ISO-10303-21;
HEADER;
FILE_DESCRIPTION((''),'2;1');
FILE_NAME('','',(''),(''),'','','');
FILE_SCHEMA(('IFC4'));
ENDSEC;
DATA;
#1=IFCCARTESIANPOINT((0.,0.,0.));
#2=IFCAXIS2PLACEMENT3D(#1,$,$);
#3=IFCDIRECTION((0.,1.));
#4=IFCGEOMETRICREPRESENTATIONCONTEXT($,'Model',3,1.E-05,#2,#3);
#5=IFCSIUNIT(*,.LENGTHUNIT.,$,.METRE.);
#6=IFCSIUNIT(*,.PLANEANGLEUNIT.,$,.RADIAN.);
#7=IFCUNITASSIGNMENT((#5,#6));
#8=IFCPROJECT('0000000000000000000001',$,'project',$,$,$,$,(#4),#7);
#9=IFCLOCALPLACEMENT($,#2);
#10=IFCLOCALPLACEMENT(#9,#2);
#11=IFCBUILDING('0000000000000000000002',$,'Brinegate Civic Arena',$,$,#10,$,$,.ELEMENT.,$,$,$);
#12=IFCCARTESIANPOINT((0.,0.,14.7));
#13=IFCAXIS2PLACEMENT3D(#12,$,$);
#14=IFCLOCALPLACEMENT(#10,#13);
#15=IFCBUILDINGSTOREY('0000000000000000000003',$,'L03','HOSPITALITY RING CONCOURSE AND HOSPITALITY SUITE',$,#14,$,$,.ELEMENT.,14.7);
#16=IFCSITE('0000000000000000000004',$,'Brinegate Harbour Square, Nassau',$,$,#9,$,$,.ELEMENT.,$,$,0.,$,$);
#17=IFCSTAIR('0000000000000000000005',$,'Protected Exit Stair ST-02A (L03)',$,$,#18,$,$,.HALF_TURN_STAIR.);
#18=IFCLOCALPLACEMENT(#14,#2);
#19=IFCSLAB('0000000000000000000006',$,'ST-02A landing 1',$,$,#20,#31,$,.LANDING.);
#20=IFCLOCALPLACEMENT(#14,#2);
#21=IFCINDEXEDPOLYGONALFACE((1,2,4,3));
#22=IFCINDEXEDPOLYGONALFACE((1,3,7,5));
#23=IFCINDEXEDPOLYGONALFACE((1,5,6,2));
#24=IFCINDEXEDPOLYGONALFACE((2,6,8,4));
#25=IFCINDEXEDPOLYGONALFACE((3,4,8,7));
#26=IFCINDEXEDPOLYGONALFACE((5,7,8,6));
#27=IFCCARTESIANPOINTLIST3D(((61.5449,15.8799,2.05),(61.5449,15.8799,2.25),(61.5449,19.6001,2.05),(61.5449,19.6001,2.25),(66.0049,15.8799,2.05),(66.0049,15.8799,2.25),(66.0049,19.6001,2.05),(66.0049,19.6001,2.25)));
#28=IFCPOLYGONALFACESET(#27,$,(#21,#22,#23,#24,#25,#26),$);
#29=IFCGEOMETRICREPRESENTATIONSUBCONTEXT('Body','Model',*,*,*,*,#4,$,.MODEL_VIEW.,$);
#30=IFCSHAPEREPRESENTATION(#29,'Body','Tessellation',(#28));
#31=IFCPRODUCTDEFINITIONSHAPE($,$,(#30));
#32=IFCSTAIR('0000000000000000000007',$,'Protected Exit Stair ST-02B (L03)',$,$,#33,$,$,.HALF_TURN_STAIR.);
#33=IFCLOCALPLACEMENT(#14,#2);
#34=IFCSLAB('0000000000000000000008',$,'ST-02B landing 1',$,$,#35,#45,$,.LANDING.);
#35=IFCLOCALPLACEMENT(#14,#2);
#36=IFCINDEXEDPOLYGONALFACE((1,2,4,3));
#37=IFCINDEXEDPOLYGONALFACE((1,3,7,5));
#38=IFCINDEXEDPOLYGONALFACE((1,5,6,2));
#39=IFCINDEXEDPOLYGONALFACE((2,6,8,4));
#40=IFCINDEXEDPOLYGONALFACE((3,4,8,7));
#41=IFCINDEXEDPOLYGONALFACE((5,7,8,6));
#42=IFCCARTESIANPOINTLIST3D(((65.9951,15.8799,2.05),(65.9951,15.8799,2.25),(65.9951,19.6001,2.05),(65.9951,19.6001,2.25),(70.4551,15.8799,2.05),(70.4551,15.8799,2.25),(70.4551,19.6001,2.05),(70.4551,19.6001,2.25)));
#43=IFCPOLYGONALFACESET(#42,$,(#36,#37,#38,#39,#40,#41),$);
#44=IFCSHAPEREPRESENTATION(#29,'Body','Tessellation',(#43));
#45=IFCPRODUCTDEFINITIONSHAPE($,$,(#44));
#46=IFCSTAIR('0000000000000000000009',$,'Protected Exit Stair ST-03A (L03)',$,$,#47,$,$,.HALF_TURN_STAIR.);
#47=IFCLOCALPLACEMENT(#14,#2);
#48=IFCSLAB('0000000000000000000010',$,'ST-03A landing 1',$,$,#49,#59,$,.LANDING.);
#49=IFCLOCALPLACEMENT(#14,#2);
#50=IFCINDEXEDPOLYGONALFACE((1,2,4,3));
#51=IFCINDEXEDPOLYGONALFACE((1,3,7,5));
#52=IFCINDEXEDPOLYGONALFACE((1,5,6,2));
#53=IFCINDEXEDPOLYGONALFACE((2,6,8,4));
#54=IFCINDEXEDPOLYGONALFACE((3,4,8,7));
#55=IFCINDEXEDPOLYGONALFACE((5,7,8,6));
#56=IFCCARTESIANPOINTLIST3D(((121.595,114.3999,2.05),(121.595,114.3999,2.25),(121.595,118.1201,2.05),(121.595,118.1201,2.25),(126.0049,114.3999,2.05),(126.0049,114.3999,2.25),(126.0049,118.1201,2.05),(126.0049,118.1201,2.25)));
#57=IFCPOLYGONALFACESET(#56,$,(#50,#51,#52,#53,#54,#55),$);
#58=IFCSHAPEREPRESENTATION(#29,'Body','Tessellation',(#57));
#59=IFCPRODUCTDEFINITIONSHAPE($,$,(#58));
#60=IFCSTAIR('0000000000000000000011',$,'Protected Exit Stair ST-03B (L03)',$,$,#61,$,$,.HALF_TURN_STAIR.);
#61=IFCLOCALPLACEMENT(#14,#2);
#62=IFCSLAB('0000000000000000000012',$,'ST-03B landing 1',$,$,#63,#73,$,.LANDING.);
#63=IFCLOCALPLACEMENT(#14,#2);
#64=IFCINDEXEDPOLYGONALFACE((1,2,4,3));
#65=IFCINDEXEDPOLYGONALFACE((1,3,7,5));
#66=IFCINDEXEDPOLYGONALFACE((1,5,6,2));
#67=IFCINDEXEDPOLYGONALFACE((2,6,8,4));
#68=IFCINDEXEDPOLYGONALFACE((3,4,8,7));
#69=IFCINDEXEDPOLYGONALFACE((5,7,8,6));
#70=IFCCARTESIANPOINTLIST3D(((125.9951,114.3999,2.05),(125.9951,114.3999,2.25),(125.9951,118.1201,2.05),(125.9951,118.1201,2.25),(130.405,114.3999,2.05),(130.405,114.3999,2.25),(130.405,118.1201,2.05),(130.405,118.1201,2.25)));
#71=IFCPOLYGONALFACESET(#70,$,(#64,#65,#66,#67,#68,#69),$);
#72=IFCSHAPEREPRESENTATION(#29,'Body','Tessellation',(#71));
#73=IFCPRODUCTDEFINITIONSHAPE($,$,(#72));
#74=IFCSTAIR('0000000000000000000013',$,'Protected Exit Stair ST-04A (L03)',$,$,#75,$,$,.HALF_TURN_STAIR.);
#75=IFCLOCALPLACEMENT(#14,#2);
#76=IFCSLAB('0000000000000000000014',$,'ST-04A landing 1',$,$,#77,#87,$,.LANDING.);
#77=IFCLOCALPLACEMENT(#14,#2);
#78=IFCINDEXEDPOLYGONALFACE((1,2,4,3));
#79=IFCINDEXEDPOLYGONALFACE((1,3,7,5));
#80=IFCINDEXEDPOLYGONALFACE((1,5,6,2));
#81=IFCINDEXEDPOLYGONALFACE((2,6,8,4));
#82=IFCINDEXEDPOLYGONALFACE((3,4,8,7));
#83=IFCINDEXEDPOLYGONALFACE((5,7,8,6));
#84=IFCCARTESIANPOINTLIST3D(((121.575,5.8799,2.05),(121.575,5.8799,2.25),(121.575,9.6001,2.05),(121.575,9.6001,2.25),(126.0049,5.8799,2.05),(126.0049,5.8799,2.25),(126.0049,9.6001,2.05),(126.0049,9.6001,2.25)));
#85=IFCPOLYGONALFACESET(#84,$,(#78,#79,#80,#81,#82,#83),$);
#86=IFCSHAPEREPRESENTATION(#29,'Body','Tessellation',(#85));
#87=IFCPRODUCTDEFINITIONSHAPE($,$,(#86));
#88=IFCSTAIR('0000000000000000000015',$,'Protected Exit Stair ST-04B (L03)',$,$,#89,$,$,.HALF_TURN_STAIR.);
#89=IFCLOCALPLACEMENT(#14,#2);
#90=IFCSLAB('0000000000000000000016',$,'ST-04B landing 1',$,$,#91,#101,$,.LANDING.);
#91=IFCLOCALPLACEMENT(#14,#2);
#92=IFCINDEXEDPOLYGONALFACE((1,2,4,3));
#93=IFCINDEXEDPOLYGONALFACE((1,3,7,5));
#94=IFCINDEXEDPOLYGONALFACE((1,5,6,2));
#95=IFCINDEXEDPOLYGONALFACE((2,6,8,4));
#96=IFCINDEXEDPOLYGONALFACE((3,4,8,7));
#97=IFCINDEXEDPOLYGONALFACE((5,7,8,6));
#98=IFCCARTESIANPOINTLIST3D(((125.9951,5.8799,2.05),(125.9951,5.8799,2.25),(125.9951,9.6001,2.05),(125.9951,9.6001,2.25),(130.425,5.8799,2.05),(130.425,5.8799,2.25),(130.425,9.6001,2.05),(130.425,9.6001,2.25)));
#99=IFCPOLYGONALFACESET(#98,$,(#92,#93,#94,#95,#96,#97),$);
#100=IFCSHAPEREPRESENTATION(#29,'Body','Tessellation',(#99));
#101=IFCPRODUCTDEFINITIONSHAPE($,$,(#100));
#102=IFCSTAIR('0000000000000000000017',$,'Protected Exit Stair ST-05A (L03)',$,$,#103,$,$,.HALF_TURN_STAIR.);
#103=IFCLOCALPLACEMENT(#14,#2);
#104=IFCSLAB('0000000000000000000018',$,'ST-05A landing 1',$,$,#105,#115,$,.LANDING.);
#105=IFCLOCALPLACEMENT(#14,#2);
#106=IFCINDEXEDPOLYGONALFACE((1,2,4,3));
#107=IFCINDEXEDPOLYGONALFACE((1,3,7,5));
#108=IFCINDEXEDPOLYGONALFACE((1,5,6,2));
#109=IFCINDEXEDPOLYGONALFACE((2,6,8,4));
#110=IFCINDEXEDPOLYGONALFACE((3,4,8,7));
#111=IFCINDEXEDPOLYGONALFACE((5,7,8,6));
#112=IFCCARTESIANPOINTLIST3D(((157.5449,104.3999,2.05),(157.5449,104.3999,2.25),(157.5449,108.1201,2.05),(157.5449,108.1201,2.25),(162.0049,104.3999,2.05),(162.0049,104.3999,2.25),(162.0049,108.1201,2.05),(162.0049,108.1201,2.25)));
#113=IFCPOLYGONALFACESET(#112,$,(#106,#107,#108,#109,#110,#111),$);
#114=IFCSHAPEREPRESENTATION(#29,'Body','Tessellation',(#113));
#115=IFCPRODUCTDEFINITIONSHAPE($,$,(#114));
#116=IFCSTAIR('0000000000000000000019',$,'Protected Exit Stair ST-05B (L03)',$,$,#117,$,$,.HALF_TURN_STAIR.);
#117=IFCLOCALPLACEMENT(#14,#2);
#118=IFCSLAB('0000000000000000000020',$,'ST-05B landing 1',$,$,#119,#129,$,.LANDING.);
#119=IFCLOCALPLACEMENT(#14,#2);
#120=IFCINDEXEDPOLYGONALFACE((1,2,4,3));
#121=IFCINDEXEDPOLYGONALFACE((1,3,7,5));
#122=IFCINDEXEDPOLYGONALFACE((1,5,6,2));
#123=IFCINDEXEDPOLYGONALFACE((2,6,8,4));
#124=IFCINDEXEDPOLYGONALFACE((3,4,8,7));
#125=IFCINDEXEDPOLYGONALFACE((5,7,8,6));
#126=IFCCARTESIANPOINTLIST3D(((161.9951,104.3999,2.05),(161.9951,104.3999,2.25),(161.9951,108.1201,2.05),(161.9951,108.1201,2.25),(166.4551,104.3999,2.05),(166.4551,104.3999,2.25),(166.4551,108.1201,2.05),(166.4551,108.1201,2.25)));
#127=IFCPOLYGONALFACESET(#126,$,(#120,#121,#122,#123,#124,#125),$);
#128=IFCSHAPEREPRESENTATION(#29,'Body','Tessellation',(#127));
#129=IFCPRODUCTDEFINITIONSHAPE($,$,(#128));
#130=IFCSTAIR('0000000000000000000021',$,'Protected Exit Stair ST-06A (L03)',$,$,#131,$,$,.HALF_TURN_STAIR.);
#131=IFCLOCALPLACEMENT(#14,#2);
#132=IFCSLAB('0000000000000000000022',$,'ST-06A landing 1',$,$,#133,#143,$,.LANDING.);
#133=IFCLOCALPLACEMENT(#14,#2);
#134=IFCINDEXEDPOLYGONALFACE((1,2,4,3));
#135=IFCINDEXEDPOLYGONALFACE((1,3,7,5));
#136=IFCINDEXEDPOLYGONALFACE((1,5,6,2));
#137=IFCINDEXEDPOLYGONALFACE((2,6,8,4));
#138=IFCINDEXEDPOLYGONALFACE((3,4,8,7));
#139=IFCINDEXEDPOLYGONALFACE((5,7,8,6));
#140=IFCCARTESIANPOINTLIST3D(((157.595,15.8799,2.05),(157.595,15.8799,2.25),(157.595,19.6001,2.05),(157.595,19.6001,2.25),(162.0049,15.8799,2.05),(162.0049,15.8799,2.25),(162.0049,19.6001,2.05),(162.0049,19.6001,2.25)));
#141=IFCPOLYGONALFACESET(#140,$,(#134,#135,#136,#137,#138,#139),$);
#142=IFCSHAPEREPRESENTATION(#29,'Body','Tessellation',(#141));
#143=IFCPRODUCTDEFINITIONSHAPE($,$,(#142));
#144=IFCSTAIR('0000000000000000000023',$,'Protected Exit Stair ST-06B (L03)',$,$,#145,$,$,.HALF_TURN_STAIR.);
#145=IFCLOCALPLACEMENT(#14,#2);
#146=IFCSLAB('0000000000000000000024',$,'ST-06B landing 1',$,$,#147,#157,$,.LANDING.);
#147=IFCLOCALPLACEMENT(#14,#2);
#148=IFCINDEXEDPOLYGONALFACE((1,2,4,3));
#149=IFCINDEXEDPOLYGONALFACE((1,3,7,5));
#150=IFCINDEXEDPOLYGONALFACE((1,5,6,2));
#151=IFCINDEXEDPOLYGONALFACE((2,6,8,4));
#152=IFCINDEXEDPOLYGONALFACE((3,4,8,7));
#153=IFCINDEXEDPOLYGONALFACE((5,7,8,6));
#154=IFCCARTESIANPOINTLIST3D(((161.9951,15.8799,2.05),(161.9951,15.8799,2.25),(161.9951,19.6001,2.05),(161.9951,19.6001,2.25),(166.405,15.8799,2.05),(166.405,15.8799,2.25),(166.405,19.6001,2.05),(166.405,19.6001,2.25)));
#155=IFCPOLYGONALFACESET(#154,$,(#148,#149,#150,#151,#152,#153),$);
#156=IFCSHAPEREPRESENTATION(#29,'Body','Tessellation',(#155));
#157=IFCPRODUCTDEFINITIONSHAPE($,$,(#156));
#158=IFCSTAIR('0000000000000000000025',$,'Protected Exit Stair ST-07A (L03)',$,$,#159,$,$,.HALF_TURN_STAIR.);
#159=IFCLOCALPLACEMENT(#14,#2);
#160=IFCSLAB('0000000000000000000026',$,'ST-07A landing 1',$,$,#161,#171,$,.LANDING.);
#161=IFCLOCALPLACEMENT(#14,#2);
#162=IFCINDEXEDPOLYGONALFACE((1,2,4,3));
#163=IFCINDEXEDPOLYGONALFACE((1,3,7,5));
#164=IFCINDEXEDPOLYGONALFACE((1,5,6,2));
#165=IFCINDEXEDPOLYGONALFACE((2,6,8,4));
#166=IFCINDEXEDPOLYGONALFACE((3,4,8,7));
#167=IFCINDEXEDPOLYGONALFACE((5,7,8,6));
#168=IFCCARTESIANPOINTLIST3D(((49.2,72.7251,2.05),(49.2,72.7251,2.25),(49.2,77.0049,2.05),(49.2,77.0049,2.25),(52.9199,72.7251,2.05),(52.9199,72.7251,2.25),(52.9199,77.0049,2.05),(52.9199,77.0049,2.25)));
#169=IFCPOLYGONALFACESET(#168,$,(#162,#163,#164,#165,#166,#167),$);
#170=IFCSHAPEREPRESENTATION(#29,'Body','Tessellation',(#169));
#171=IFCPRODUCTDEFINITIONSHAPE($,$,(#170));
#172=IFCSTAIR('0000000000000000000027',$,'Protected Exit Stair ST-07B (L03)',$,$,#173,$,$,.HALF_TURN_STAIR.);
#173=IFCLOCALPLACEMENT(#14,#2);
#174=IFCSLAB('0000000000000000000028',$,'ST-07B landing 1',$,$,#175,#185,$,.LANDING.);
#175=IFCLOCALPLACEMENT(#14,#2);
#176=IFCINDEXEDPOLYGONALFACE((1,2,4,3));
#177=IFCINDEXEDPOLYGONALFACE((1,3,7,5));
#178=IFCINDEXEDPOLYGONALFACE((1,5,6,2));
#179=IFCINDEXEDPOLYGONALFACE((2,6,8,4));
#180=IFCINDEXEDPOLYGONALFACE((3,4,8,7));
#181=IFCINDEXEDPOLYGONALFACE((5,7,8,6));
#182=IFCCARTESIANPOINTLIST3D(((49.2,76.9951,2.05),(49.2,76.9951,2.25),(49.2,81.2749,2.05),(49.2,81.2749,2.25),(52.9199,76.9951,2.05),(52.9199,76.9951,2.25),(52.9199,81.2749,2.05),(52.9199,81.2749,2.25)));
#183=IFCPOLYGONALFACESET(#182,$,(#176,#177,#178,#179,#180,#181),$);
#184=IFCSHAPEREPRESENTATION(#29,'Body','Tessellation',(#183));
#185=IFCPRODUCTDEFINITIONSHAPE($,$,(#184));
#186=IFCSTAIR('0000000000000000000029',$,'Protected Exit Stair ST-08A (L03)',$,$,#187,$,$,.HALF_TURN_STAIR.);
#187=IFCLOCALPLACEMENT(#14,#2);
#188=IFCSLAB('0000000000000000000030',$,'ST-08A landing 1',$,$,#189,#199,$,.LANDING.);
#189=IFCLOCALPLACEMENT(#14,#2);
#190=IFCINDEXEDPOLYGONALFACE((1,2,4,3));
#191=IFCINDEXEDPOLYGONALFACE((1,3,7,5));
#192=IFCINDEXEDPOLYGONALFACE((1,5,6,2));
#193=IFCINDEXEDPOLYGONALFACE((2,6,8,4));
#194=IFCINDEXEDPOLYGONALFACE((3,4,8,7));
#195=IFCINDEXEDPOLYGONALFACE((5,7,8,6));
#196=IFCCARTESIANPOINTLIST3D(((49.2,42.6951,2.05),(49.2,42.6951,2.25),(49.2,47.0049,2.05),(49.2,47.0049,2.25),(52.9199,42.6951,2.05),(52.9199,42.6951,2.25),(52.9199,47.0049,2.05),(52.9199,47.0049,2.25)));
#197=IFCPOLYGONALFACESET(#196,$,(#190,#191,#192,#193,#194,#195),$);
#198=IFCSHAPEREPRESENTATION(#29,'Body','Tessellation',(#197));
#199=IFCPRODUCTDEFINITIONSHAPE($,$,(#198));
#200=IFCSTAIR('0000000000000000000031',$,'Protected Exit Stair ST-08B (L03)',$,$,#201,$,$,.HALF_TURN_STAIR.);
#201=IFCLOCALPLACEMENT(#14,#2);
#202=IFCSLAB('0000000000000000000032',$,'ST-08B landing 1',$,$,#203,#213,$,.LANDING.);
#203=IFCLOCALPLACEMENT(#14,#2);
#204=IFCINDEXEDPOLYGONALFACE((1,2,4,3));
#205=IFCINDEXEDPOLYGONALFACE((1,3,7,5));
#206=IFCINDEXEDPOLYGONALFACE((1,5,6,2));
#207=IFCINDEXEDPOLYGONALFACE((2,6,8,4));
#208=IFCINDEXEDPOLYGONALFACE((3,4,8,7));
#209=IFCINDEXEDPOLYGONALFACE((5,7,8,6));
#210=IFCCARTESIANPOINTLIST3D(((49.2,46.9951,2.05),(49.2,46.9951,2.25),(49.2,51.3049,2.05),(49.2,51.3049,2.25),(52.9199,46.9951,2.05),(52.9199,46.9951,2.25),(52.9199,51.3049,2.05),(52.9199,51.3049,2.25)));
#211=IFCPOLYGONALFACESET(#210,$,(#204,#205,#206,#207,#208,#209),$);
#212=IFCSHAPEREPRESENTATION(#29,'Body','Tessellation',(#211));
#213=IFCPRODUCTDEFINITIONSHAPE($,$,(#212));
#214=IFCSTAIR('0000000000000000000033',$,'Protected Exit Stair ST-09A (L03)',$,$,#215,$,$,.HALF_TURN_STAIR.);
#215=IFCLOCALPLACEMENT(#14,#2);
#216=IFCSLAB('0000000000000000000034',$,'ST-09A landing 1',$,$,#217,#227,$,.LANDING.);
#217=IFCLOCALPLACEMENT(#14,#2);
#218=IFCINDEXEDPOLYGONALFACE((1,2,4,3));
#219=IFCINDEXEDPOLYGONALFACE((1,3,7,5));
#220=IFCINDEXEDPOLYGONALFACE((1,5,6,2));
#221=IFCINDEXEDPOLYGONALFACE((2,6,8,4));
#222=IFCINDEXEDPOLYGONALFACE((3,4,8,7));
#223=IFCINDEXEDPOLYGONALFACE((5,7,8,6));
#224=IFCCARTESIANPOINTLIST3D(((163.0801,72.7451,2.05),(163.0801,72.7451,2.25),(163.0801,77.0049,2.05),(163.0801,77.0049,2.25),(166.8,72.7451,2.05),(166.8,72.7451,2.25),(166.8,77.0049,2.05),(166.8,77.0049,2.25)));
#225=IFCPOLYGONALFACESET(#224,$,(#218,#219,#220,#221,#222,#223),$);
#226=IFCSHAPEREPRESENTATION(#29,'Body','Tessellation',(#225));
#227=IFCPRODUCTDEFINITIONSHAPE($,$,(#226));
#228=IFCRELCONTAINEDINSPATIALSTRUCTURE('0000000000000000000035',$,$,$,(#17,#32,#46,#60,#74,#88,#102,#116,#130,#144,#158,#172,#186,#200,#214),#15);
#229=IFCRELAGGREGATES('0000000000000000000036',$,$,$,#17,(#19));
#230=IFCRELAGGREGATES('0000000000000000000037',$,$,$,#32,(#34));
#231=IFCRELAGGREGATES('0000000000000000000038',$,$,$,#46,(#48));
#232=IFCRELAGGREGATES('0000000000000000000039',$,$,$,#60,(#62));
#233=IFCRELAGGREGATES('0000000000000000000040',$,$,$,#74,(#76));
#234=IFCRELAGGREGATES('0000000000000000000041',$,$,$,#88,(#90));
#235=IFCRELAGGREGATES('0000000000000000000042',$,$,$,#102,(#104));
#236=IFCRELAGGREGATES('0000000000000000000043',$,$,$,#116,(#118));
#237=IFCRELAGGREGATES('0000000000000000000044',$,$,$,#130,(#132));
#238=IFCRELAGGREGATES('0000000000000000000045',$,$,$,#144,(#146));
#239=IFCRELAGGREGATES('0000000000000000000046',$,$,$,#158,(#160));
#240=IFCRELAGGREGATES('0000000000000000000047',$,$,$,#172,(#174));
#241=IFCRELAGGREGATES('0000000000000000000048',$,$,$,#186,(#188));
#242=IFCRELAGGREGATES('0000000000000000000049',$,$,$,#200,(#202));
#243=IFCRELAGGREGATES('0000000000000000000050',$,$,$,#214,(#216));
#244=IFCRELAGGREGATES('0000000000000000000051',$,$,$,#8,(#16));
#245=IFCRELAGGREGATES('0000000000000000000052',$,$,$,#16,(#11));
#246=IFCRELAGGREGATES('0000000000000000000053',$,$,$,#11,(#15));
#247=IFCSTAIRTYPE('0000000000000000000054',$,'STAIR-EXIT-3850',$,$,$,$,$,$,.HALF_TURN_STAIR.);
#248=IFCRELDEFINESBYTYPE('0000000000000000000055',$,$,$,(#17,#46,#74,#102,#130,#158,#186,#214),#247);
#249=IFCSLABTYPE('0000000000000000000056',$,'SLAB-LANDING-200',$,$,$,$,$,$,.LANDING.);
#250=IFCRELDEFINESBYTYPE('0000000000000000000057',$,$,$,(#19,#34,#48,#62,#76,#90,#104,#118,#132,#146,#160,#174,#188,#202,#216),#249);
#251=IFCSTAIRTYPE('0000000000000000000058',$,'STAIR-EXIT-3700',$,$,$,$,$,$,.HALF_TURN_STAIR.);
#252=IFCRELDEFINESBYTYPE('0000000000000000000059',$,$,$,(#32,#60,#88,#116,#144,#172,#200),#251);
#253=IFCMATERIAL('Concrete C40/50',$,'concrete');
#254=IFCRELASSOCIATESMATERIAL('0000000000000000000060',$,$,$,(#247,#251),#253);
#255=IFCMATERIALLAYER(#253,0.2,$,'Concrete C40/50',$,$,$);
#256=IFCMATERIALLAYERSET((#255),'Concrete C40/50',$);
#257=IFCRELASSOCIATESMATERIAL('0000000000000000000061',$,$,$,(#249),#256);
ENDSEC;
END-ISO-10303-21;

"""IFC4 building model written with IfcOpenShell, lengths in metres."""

from ifc_helpers import new_model, si_unit, direction, frame, origin, place, context, subcontext, project, spatial, polyline, outline, extrude, material, layer, layer_set, type_object, element, aggregate, save


model = new_model("IFC4")

# Units and contexts
model_context = context("Model", 3, precision=1e-05, world=origin(), true_north=direction((0.0, 1.0)))
body_context = subcontext(model_context, "Body", "Model", "MODEL_VIEW")
ifc_project = project(units=[si_unit("LENGTHUNIT", "METRE"), si_unit("PLANEANGLEUNIT", "RADIAN")], contexts=[model_context])

# Site, building, storey
site_placement = place(None, origin())
site = spatial("IfcSite", under=ifc_project, at=site_placement, Name="Brinegate Harbour Square, Nassau", CompositionType="ELEMENT", RefElevation=0.0)
building_placement = place(site_placement, origin())
building = spatial("IfcBuilding", under=site, at=building_placement, Name="Brinegate Civic Arena", CompositionType="ELEMENT")
storey_placement = place(building_placement, frame((0.0, 0.0, 14.7)))
storey = spatial("IfcBuildingStorey", under=building, at=storey_placement, Name="L03", Description="HOSPITALITY RING CONCOURSE AND HOSPITALITY SUITE", CompositionType="ELEMENT", Elevation=14.7)

# Stairs, slabs
ifc_material = material(Name="Concrete C40/50", Category="concrete")
stair_type_1 = type_object("IfcStairType", Name="STAIR-EXIT-3850", PredefinedType="HALF_TURN_STAIR", material=ifc_material)
stair_1_placement = place(storey_placement, origin())
stair_1 = element("IfcStair", 1, at=stair_1_placement, inside=storey, type_object=stair_type_1, Name="Protected Exit Stair ST-02A (L03)", PredefinedType="HALF_TURN_STAIR")
ifc_layer = layer(ifc_material, 0.2, Name="Concrete C40/50")
ifc_layer_set = layer_set([ifc_layer], Name="Concrete C40/50")
slab_type = type_object("IfcSlabType", Name="SLAB-LANDING-200", PredefinedType="LANDING", material=ifc_layer_set)
slab_1_placement = place(storey_placement, frame((0.0, 0.0, 2.05)))
slab_1 = element("IfcSlab", 2, at=slab_1_placement, type_object=slab_type, Name="ST-02A landing 1", PredefinedType="LANDING", context=body_context, shape_type="SweptSolid", body=[
    extrude(outline(polyline([(61.5449, 15.8799), (66.0049, 15.8799), (66.0049, 19.6001), (61.5449, 19.6001), (61.5449, 15.8799)])), origin(), (0.0, 0.0, 1.0), 0.2),
])
aggregate(stair_1, [slab_1])
stair_type_2 = type_object("IfcStairType", Name="STAIR-EXIT-3700", PredefinedType="HALF_TURN_STAIR", material=ifc_material)
stair_2_placement = place(storey_placement, origin())
stair_2 = element("IfcStair", 3, at=stair_2_placement, inside=storey, type_object=stair_type_2, Name="Protected Exit Stair ST-02B (L03)", PredefinedType="HALF_TURN_STAIR")
slab_2_placement = place(storey_placement, frame((0.0, 0.0, 2.05)))
slab_2 = element("IfcSlab", 4, at=slab_2_placement, type_object=slab_type, Name="ST-02B landing 1", PredefinedType="LANDING", context=body_context, shape_type="SweptSolid", body=[
    extrude(outline(polyline([(65.9951, 15.8799), (70.4551, 15.8799), (70.4551, 19.6001), (65.9951, 19.6001), (65.9951, 15.8799)])), origin(), (0.0, 0.0, 1.0), 0.2),
])
aggregate(stair_2, [slab_2])
stair_3_placement = place(storey_placement, origin())
stair_3 = element("IfcStair", 5, at=stair_3_placement, inside=storey, type_object=stair_type_1, Name="Protected Exit Stair ST-03A (L03)", PredefinedType="HALF_TURN_STAIR")
slab_3_placement = place(storey_placement, frame((0.0, 0.0, 2.05)))
slab_3 = element("IfcSlab", 6, at=slab_3_placement, type_object=slab_type, Name="ST-03A landing 1", PredefinedType="LANDING", context=body_context, shape_type="SweptSolid", body=[
    extrude(outline(polyline([(121.595, 114.3999), (126.0049, 114.3999), (126.0049, 118.1201), (121.595, 118.1201), (121.595, 114.3999)])), origin(), (0.0, 0.0, 1.0), 0.2),
])
aggregate(stair_3, [slab_3])
stair_4_placement = place(storey_placement, origin())
stair_4 = element("IfcStair", 7, at=stair_4_placement, inside=storey, type_object=stair_type_2, Name="Protected Exit Stair ST-03B (L03)", PredefinedType="HALF_TURN_STAIR")
slab_4_placement = place(storey_placement, frame((0.0, 0.0, 2.05)))
slab_4 = element("IfcSlab", 8, at=slab_4_placement, type_object=slab_type, Name="ST-03B landing 1", PredefinedType="LANDING", context=body_context, shape_type="SweptSolid", body=[
    extrude(outline(polyline([(125.9951, 114.3999), (130.405, 114.3999), (130.405, 118.1201), (125.9951, 118.1201), (125.9951, 114.3999)])), origin(), (0.0, 0.0, 1.0), 0.2),
])
aggregate(stair_4, [slab_4])
stair_5_placement = place(storey_placement, origin())
stair_5 = element("IfcStair", 9, at=stair_5_placement, inside=storey, type_object=stair_type_1, Name="Protected Exit Stair ST-04A (L03)", PredefinedType="HALF_TURN_STAIR")
slab_5_placement = place(storey_placement, frame((0.0, 0.0, 2.05)))
slab_5 = element("IfcSlab", 10, at=slab_5_placement, type_object=slab_type, Name="ST-04A landing 1", PredefinedType="LANDING", context=body_context, shape_type="SweptSolid", body=[
    extrude(outline(polyline([(121.575, 5.8799), (126.0049, 5.8799), (126.0049, 9.6001), (121.575, 9.6001), (121.575, 5.8799)])), origin(), (0.0, 0.0, 1.0), 0.2),
])
aggregate(stair_5, [slab_5])
stair_6_placement = place(storey_placement, origin())
stair_6 = element("IfcStair", 11, at=stair_6_placement, inside=storey, type_object=stair_type_2, Name="Protected Exit Stair ST-04B (L03)", PredefinedType="HALF_TURN_STAIR")
slab_6_placement = place(storey_placement, frame((0.0, 0.0, 2.05)))
slab_6 = element("IfcSlab", 12, at=slab_6_placement, type_object=slab_type, Name="ST-04B landing 1", PredefinedType="LANDING", context=body_context, shape_type="SweptSolid", body=[
    extrude(outline(polyline([(125.9951, 5.8799), (130.425, 5.8799), (130.425, 9.6001), (125.9951, 9.6001), (125.9951, 5.8799)])), origin(), (0.0, 0.0, 1.0), 0.2),
])
aggregate(stair_6, [slab_6])
stair_7_placement = place(storey_placement, origin())
stair_7 = element("IfcStair", 13, at=stair_7_placement, inside=storey, type_object=stair_type_1, Name="Protected Exit Stair ST-05A (L03)", PredefinedType="HALF_TURN_STAIR")
slab_7_placement = place(storey_placement, frame((0.0, 0.0, 2.05)))
slab_7 = element("IfcSlab", 14, at=slab_7_placement, type_object=slab_type, Name="ST-05A landing 1", PredefinedType="LANDING", context=body_context, shape_type="SweptSolid", body=[
    extrude(outline(polyline([(157.5449, 104.3999), (162.0049, 104.3999), (162.0049, 108.1201), (157.5449, 108.1201), (157.5449, 104.3999)])), origin(), (0.0, 0.0, 1.0), 0.2),
])
aggregate(stair_7, [slab_7])
stair_8_placement = place(storey_placement, origin())
stair_8 = element("IfcStair", 15, at=stair_8_placement, inside=storey, type_object=stair_type_2, Name="Protected Exit Stair ST-05B (L03)", PredefinedType="HALF_TURN_STAIR")
slab_8_placement = place(storey_placement, frame((0.0, 0.0, 2.05)))
slab_8 = element("IfcSlab", 16, at=slab_8_placement, type_object=slab_type, Name="ST-05B landing 1", PredefinedType="LANDING", context=body_context, shape_type="SweptSolid", body=[
    extrude(outline(polyline([(161.9951, 104.3999), (166.4551, 104.3999), (166.4551, 108.1201), (161.9951, 108.1201), (161.9951, 104.3999)])), origin(), (0.0, 0.0, 1.0), 0.2),
])
aggregate(stair_8, [slab_8])
stair_9_placement = place(storey_placement, origin())
stair_9 = element("IfcStair", 17, at=stair_9_placement, inside=storey, type_object=stair_type_1, Name="Protected Exit Stair ST-06A (L03)", PredefinedType="HALF_TURN_STAIR")
slab_9_placement = place(storey_placement, frame((0.0, 0.0, 2.05)))
slab_9 = element("IfcSlab", 18, at=slab_9_placement, type_object=slab_type, Name="ST-06A landing 1", PredefinedType="LANDING", context=body_context, shape_type="SweptSolid", body=[
    extrude(outline(polyline([(157.595, 15.8799), (162.0049, 15.8799), (162.0049, 19.6001), (157.595, 19.6001), (157.595, 15.8799)])), origin(), (0.0, 0.0, 1.0), 0.2),
])
aggregate(stair_9, [slab_9])
stair_10_placement = place(storey_placement, origin())
stair_10 = element("IfcStair", 19, at=stair_10_placement, inside=storey, type_object=stair_type_2, Name="Protected Exit Stair ST-06B (L03)", PredefinedType="HALF_TURN_STAIR")
slab_10_placement = place(storey_placement, frame((0.0, 0.0, 2.05)))
slab_10 = element("IfcSlab", 20, at=slab_10_placement, type_object=slab_type, Name="ST-06B landing 1", PredefinedType="LANDING", context=body_context, shape_type="SweptSolid", body=[
    extrude(outline(polyline([(161.9951, 15.8799), (166.405, 15.8799), (166.405, 19.6001), (161.9951, 19.6001), (161.9951, 15.8799)])), origin(), (0.0, 0.0, 1.0), 0.2),
])
aggregate(stair_10, [slab_10])
stair_11_placement = place(storey_placement, origin())
stair_11 = element("IfcStair", 21, at=stair_11_placement, inside=storey, type_object=stair_type_1, Name="Protected Exit Stair ST-07A (L03)", PredefinedType="HALF_TURN_STAIR")
slab_11_placement = place(storey_placement, frame((0.0, 0.0, 2.05)))
slab_11 = element("IfcSlab", 22, at=slab_11_placement, type_object=slab_type, Name="ST-07A landing 1", PredefinedType="LANDING", context=body_context, shape_type="SweptSolid", body=[
    extrude(outline(polyline([(49.2, 72.7251), (52.9199, 72.7251), (52.9199, 77.0049), (49.2, 77.0049), (49.2, 72.7251)])), origin(), (0.0, 0.0, 1.0), 0.2),
])
aggregate(stair_11, [slab_11])
stair_12_placement = place(storey_placement, origin())
stair_12 = element("IfcStair", 23, at=stair_12_placement, inside=storey, type_object=stair_type_2, Name="Protected Exit Stair ST-07B (L03)", PredefinedType="HALF_TURN_STAIR")
slab_12_placement = place(storey_placement, frame((0.0, 0.0, 2.05)))
slab_12 = element("IfcSlab", 24, at=slab_12_placement, type_object=slab_type, Name="ST-07B landing 1", PredefinedType="LANDING", context=body_context, shape_type="SweptSolid", body=[
    extrude(outline(polyline([(49.2, 76.9951), (52.9199, 76.9951), (52.9199, 81.2749), (49.2, 81.2749), (49.2, 76.9951)])), origin(), (0.0, 0.0, 1.0), 0.2),
])
aggregate(stair_12, [slab_12])
stair_13_placement = place(storey_placement, origin())
stair_13 = element("IfcStair", 25, at=stair_13_placement, inside=storey, type_object=stair_type_1, Name="Protected Exit Stair ST-08A (L03)", PredefinedType="HALF_TURN_STAIR")
slab_13_placement = place(storey_placement, frame((0.0, 0.0, 2.05)))
slab_13 = element("IfcSlab", 26, at=slab_13_placement, type_object=slab_type, Name="ST-08A landing 1", PredefinedType="LANDING", context=body_context, shape_type="SweptSolid", body=[
    extrude(outline(polyline([(49.2, 42.6951), (52.9199, 42.6951), (52.9199, 47.0049), (49.2, 47.0049), (49.2, 42.6951)])), origin(), (0.0, 0.0, 1.0), 0.2),
])
aggregate(stair_13, [slab_13])
stair_14_placement = place(storey_placement, origin())
stair_14 = element("IfcStair", 27, at=stair_14_placement, inside=storey, type_object=stair_type_2, Name="Protected Exit Stair ST-08B (L03)", PredefinedType="HALF_TURN_STAIR")
slab_14_placement = place(storey_placement, frame((0.0, 0.0, 2.05)))
slab_14 = element("IfcSlab", 28, at=slab_14_placement, type_object=slab_type, Name="ST-08B landing 1", PredefinedType="LANDING", context=body_context, shape_type="SweptSolid", body=[
    extrude(outline(polyline([(49.2, 46.9951), (52.9199, 46.9951), (52.9199, 51.3049), (49.2, 51.3049), (49.2, 46.9951)])), origin(), (0.0, 0.0, 1.0), 0.2),
])
aggregate(stair_14, [slab_14])
stair_15_placement = place(storey_placement, origin())
stair_15 = element("IfcStair", 29, at=stair_15_placement, inside=storey, type_object=stair_type_1, Name="Protected Exit Stair ST-09A (L03)", PredefinedType="HALF_TURN_STAIR")
slab_15_placement = place(storey_placement, frame((0.0, 0.0, 2.05)))
slab_15 = element("IfcSlab", 30, at=slab_15_placement, type_object=slab_type, Name="ST-09A landing 1", PredefinedType="LANDING", context=body_context, shape_type="SweptSolid", body=[
    extrude(outline(polyline([(163.0801, 72.7451), (166.8, 72.7451), (166.8, 77.0049), (163.0801, 77.0049), (163.0801, 72.7451)])), origin(), (0.0, 0.0, 1.0), 0.2),
])
aggregate(stair_15, [slab_15])

save(model, "model.ifc")
